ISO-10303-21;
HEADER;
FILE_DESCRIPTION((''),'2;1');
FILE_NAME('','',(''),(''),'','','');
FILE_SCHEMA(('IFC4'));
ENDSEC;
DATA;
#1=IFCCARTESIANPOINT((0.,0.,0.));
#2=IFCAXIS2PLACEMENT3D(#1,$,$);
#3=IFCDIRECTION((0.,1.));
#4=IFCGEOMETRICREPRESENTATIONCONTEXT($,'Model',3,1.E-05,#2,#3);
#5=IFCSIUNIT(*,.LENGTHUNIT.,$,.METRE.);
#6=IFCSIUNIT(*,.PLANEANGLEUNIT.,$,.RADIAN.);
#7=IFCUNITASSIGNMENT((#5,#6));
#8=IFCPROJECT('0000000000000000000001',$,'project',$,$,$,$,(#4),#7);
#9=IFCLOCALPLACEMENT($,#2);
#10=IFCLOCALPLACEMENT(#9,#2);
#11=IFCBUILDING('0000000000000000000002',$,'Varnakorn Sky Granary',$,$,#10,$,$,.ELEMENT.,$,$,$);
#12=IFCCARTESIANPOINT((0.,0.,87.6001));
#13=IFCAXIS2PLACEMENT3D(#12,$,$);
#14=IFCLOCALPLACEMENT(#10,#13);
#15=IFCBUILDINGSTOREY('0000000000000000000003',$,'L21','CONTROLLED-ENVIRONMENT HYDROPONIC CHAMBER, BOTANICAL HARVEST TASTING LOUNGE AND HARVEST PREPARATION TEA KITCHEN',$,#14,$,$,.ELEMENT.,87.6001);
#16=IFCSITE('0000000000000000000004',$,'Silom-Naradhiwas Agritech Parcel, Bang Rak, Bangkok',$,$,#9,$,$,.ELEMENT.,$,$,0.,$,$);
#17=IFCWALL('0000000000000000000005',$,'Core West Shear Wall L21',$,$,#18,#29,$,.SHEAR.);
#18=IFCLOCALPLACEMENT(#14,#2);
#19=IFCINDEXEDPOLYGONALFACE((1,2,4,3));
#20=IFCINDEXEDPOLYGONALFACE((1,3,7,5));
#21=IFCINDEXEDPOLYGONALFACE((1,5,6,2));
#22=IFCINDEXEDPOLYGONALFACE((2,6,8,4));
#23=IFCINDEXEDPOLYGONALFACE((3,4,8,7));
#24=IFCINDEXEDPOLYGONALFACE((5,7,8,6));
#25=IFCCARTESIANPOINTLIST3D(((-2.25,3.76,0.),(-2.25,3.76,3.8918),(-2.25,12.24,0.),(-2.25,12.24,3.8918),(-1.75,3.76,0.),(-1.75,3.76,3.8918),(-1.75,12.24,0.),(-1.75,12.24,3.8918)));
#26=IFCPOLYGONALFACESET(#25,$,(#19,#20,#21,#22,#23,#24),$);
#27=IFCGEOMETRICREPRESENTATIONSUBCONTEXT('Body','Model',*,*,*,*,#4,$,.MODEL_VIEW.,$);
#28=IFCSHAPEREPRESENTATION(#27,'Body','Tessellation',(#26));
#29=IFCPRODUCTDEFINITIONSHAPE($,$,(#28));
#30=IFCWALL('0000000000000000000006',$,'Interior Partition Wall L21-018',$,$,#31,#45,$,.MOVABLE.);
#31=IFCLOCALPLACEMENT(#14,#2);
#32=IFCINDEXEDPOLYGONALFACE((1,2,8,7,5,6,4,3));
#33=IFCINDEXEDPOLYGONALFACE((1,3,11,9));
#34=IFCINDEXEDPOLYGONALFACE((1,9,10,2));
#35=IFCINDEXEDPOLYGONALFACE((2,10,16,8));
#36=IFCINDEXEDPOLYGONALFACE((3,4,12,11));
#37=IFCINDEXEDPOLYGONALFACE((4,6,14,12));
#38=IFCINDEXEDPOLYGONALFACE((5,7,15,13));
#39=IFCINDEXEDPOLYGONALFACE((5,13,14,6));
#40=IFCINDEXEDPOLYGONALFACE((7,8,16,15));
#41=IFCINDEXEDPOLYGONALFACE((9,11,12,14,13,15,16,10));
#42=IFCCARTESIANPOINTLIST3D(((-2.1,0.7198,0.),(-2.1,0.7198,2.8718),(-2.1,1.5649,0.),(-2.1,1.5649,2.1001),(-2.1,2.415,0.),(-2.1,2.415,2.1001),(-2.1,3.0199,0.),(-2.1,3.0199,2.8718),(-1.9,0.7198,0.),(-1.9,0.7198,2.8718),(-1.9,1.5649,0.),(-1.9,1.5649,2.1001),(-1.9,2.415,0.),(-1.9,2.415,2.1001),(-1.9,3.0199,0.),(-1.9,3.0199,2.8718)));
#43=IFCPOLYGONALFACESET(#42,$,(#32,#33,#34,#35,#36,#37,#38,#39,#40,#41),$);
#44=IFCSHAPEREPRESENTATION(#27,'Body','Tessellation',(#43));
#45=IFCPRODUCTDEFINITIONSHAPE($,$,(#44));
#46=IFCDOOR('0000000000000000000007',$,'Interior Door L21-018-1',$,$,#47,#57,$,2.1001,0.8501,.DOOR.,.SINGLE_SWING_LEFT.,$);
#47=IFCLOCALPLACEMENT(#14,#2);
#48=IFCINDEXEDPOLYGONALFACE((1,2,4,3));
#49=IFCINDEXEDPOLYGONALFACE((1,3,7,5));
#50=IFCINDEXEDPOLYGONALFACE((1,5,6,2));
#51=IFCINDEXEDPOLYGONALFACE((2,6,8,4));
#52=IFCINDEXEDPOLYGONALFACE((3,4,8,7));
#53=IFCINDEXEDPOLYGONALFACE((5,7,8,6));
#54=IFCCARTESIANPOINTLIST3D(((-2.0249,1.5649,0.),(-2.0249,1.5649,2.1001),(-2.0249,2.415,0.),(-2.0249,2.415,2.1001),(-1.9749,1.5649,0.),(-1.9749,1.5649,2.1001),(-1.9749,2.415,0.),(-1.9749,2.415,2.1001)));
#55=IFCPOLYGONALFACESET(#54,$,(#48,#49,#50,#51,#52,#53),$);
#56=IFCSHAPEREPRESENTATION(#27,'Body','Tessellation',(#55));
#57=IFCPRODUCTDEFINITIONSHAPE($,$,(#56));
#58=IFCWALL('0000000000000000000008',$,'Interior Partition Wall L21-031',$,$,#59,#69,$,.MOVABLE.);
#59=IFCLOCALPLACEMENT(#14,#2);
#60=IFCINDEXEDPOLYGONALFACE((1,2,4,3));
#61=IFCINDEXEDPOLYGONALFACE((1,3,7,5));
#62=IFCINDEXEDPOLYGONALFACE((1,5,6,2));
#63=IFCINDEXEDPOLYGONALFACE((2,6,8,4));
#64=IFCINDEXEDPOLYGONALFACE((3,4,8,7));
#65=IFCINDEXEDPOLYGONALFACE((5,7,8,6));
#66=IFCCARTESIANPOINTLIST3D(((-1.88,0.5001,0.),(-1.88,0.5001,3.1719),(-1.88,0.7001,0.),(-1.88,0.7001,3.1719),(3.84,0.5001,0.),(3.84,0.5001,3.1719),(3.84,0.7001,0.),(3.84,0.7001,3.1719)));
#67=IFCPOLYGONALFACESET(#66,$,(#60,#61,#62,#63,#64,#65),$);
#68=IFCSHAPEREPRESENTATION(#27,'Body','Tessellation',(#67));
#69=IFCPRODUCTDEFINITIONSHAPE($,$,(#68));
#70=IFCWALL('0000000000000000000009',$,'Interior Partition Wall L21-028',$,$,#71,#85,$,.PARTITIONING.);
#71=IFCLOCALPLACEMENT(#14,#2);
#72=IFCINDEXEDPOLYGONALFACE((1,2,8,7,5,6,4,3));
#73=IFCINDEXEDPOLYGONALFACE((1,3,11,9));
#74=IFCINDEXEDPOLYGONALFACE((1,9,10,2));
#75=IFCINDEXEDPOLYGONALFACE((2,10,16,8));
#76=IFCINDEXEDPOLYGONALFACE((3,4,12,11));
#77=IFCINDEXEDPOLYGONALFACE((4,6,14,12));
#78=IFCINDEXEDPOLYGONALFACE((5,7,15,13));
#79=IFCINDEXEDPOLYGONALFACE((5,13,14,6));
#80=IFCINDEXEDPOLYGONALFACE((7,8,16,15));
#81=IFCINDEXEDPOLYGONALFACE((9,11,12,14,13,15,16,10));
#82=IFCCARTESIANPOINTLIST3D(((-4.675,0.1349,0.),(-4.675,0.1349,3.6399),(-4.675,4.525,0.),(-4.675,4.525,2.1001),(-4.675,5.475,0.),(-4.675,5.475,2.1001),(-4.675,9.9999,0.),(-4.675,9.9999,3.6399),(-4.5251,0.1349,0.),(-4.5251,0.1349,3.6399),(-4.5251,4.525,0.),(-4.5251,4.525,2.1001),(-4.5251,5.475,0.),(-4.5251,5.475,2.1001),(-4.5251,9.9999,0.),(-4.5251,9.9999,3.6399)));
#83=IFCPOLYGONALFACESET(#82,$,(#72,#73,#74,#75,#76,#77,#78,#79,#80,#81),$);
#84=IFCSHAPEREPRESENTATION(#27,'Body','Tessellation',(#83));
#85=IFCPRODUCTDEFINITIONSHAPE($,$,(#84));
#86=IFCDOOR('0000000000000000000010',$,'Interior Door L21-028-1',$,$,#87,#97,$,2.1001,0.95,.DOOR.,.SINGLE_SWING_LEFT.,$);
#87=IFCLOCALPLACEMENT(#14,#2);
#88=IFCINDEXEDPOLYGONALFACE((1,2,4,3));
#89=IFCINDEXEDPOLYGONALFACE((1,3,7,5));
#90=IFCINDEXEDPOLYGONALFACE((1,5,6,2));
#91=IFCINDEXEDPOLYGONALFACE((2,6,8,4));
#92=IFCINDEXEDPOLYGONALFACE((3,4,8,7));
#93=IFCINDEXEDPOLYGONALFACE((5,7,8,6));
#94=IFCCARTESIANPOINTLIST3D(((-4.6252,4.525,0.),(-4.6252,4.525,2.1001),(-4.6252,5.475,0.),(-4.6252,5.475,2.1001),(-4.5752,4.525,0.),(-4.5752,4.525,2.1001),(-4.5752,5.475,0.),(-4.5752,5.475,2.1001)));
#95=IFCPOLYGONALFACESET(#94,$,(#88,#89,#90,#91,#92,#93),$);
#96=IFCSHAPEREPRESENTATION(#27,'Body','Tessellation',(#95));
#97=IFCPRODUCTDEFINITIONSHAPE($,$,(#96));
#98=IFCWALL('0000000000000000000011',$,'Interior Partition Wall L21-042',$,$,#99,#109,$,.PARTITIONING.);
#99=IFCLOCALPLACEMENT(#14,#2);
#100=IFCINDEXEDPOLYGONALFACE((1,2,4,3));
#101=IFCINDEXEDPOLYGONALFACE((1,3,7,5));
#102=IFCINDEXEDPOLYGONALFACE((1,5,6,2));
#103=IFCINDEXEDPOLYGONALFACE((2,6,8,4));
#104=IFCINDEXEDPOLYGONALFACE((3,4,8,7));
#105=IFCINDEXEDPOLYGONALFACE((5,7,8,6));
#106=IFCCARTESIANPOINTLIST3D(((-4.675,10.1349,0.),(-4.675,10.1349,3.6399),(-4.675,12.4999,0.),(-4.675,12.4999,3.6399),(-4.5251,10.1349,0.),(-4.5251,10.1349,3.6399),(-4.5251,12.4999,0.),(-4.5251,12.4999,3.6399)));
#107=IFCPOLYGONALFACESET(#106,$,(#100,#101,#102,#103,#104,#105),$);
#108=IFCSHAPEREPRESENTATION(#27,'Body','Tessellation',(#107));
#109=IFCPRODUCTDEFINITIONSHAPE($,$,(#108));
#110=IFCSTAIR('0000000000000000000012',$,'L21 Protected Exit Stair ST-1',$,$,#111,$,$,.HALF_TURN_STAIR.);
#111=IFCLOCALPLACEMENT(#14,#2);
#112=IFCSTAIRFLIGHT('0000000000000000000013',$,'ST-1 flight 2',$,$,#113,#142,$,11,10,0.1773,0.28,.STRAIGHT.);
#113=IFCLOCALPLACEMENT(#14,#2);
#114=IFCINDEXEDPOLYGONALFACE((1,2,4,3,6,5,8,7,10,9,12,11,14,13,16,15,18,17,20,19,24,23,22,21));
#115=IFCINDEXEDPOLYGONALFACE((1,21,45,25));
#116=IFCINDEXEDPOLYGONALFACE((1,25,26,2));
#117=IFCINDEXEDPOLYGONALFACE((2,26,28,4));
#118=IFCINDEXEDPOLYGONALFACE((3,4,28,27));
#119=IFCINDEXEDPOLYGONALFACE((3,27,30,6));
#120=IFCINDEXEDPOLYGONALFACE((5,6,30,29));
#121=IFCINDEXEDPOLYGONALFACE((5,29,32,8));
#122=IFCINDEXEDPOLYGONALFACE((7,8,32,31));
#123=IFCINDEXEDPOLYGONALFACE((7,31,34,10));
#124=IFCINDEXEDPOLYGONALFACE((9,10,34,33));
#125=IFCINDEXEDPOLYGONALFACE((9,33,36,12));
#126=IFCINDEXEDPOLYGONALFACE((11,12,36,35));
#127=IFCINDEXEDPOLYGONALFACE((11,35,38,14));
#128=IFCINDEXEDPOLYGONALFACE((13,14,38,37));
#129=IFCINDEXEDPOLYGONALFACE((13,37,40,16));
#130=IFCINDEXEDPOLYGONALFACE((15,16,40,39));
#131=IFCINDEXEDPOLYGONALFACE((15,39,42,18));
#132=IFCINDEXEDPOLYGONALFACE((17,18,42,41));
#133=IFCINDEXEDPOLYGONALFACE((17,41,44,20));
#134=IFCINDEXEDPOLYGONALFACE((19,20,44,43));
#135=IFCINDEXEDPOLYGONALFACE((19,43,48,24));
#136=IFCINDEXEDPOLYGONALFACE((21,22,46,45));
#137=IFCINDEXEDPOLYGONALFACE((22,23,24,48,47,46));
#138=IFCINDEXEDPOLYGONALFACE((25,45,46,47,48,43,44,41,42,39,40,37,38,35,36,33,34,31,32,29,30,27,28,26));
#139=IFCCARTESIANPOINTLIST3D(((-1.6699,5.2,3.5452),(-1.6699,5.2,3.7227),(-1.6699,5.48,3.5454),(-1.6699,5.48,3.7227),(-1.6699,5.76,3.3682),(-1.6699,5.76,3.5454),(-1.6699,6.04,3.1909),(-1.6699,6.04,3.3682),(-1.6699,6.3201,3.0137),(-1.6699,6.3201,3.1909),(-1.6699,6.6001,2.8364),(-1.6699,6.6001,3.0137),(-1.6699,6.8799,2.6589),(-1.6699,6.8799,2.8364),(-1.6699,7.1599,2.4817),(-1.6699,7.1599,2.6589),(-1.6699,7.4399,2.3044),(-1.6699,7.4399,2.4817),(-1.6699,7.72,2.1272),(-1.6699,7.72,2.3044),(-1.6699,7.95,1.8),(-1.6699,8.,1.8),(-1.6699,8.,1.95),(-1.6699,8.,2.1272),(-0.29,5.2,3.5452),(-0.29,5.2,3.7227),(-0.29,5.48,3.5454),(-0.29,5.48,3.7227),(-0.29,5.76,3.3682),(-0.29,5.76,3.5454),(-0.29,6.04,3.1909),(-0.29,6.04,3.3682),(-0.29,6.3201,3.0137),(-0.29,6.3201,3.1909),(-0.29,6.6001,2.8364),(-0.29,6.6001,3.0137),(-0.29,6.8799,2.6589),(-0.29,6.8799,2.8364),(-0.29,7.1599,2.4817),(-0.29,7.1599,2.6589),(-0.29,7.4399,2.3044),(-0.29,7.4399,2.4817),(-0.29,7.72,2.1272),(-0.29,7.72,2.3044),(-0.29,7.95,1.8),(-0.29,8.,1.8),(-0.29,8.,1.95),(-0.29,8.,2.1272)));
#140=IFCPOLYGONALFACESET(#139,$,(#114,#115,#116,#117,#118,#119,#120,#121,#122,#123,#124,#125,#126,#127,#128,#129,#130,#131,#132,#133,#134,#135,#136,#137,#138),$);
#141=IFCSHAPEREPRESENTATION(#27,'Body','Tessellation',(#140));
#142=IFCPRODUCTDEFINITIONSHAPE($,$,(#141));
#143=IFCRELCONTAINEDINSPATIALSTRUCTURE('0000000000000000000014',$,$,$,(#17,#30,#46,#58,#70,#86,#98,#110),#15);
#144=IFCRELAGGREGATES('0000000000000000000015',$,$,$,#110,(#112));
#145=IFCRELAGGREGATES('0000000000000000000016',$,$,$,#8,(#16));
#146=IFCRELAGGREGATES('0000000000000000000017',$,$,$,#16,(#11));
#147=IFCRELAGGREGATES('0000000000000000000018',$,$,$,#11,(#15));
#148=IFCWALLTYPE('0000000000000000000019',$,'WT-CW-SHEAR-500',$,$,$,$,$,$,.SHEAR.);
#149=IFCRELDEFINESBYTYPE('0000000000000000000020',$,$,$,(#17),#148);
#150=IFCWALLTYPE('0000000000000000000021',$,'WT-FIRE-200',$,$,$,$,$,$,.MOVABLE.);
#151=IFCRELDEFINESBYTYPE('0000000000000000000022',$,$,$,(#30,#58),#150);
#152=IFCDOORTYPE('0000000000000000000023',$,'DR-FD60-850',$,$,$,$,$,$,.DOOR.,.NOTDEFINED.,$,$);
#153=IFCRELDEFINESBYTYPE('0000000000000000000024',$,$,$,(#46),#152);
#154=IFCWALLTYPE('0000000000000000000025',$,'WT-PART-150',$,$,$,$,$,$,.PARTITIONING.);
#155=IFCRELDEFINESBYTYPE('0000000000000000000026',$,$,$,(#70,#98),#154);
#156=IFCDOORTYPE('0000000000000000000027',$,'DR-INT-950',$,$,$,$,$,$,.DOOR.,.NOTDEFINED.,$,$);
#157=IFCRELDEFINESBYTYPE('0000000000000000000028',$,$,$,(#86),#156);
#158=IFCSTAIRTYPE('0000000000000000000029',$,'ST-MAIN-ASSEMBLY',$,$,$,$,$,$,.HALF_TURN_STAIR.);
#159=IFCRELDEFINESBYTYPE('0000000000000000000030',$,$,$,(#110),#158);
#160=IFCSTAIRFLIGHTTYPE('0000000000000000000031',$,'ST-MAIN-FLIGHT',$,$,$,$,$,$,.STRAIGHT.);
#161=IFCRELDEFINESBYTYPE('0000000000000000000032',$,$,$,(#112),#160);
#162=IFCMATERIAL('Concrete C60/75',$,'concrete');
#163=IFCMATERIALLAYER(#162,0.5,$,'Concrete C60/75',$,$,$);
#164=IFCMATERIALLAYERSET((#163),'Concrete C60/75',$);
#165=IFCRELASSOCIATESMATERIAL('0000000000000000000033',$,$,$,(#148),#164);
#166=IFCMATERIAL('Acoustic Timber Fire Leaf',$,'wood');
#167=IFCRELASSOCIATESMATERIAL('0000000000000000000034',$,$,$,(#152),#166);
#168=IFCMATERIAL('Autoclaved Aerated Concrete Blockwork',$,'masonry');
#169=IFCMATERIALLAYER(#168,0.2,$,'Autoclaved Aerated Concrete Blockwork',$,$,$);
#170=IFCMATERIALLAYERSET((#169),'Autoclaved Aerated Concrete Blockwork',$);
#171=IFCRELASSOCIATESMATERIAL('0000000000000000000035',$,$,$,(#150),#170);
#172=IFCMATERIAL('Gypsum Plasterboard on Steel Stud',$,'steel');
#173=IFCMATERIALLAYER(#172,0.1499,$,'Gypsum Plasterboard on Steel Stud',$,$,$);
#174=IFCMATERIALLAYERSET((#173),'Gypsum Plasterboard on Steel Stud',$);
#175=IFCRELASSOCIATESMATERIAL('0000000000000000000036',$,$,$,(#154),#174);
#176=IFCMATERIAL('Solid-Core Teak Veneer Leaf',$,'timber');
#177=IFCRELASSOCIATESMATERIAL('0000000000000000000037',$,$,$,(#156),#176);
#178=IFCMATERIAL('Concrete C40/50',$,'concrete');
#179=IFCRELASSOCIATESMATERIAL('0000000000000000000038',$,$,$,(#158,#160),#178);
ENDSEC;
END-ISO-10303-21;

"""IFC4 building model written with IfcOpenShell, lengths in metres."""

from ifc_helpers import new_model, si_unit, direction, frame, frame_2d, origin, place, context, subcontext, project, spatial, polyline, rectangle, outline, extrude, material, layer, layer_set, type_object, element, fill, aggregate, save


model = new_model("IFC4")

# Units and contexts
model_context = context("Model", 3, precision=1e-05, world=origin(), true_north=direction((0.0, 1.0)))
body_context = subcontext(model_context, "Body", "Model", "MODEL_VIEW")
ifc_project = project(units=[si_unit("LENGTHUNIT", "METRE"), si_unit("PLANEANGLEUNIT", "RADIAN")], contexts=[model_context])

# Site, building, storey
site_placement = place(None, origin())
site = spatial("IfcSite", under=ifc_project, at=site_placement, Name="Silom-Naradhiwas Agritech Parcel, Bang Rak, Bangkok", CompositionType="ELEMENT", RefElevation=0.0)
building_placement = place(site_placement, origin())
building = spatial("IfcBuilding", under=site, at=building_placement, Name="Varnakorn Sky Granary", CompositionType="ELEMENT")
storey_placement = place(building_placement, frame((0.0, 0.0, 87.6001)))
storey = spatial("IfcBuildingStorey", under=building, at=storey_placement, Name="L21", Description="CONTROLLED-ENVIRONMENT HYDROPONIC CHAMBER, BOTANICAL HARVEST TASTING LOUNGE AND HARVEST PREPARATION TEA KITCHEN", CompositionType="ELEMENT", Elevation=87.6001)

# Shared definitions
ifc_material_1 = material(Name="Concrete C60/75", Category="concrete")

# Shared definitions
ifc_layer_1 = layer(ifc_material_1, 0.5, Name="Concrete C60/75")
ifc_layer_set_1 = layer_set([ifc_layer_1], Name="Concrete C60/75")
wall_type_1 = type_object("IfcWallType", Name="WT-CW-SHEAR-500", PredefinedType="SHEAR", material=ifc_layer_set_1)

# Shared definitions
ifc_material_2 = material(Name="Acoustic Timber Fire Leaf", Category="wood")
door_type_1 = type_object("IfcDoorType", Name="DR-FD60-850", OperationType="NOTDEFINED", PredefinedType="DOOR", material=ifc_material_2)

# Wall
wall_1_placement = place(storey_placement, frame((-2.0, 3.76, 0.0), z_axis=(0.0, 0.0, 1.0), x_axis=(0.0, 1.0, 0.0)))
element("IfcWall", 1, at=wall_1_placement, inside=storey, type_object=wall_type_1, Name="Core West Shear Wall L21", PredefinedType="SHEAR", context=body_context, shape_type="SweptSolid", body=[
    extrude(rectangle(XDim=8.48, YDim=0.5, at=frame_2d((4.24, 0.0))), origin(), (0.0, 0.0, 1.0), 3.8918),
])

# Wall, opening, door
ifc_material_3 = material(Name="Autoclaved Aerated Concrete Blockwork", Category="masonry")
ifc_layer_2 = layer(ifc_material_3, 0.2, Name="Autoclaved Aerated Concrete Blockwork")
ifc_layer_set_2 = layer_set([ifc_layer_2], Name="Autoclaved Aerated Concrete Blockwork")
wall_type_2 = type_object("IfcWallType", Name="WT-FIRE-200", PredefinedType="MOVABLE", material=ifc_layer_set_2)
wall_2_placement = place(storey_placement, frame((-2.0, 0.72, 0.0), z_axis=(0.0, 0.0, 1.0), x_axis=(0.0, 1.0, 0.0)))
wall_2 = element("IfcWall", 2, at=wall_2_placement, inside=storey, type_object=wall_type_2, Name="Interior Partition Wall L21-018", PredefinedType="MOVABLE", context=body_context, shape_type="SweptSolid", body=[
    extrude(rectangle(XDim=2.3, YDim=0.2, at=frame_2d((1.1499, 0.0))), origin(), (0.0, 0.0, 1.0), 2.8718),
])
opening_1_placement = place(wall_2_placement, frame((0.845, 0.0, 0.0)))
opening_1 = element("IfcOpeningElement", 3, at=opening_1_placement, cuts=wall_2, PredefinedType="OPENING", context=body_context, shape_type="SweptSolid", body=[
    extrude(rectangle(XDim=0.8501, YDim=2.1001, at=frame_2d((0.425, 1.05))), frame((0.0, 0.1099, 0.0), z_axis=(0.0, -1.0, 0.0), x_axis=(1.0, 0.0, 0.0)), (0.0, 0.0, 1.0), 0.22),
])
door_1_placement = place(opening_1_placement, origin())
door_1 = element("IfcDoor", 4, at=door_1_placement, inside=storey, type_object=door_type_1, Name="Interior Door L21-018-1", OperationType="SINGLE_SWING_LEFT", OverallHeight=2.1001, OverallWidth=0.8501, PredefinedType="DOOR", context=body_context, shape_type="SweptSolid", body=[
    extrude(rectangle(XDim=0.8501, YDim=2.1001, at=frame_2d((0.425, 1.05))), frame((0.0, 0.0249, 0.0), z_axis=(0.0, -1.0, 0.0), x_axis=(1.0, 0.0, 0.0)), (0.0, 0.0, 1.0), 0.05),
])
fill(opening_1, door_1)

# Wall
wall_3_placement = place(storey_placement, frame((-1.8799, 0.6001, 0.0), z_axis=(0.0, 0.0, 1.0), x_axis=(1.0, 0.0, 0.0)))
element("IfcWall", 5, at=wall_3_placement, inside=storey, type_object=wall_type_2, Name="Interior Partition Wall L21-031", PredefinedType="MOVABLE", context=body_context, shape_type="SweptSolid", body=[
    extrude(rectangle(XDim=5.72, YDim=0.2, at=frame_2d((2.8599, 0.0))), origin(), (0.0, 0.0, 1.0), 3.1719),
])

# Wall, opening, door
ifc_material_4 = material(Name="Gypsum Plasterboard on Steel Stud", Category="steel")
ifc_layer_3 = layer(ifc_material_4, 0.1499, Name="Gypsum Plasterboard on Steel Stud")
ifc_layer_set_3 = layer_set([ifc_layer_3], Name="Gypsum Plasterboard on Steel Stud")
wall_type_3 = type_object("IfcWallType", Name="WT-PART-150", PredefinedType="PARTITIONING", material=ifc_layer_set_3)
wall_4_placement = place(storey_placement, frame((-4.6001, 10.0, 0.0), z_axis=(0.0, 0.0, 1.0), x_axis=(0.0, -1.0, 0.0)))
wall_4 = element("IfcWall", 6, at=wall_4_placement, inside=storey, type_object=wall_type_3, Name="Interior Partition Wall L21-028", PredefinedType="PARTITIONING", context=body_context, shape_type="SweptSolid", body=[
    extrude(rectangle(XDim=9.865, YDim=0.1499, at=frame_2d((4.9326, 0.0))), origin(), (0.0, 0.0, 1.0), 3.6399),
])
opening_2_placement = place(wall_4_placement, frame((4.5249, 0.0, 0.0)))
opening_2 = element("IfcOpeningElement", 7, at=opening_2_placement, cuts=wall_4, PredefinedType="OPENING", context=body_context, shape_type="SweptSolid", body=[
    extrude(rectangle(XDim=0.95, YDim=2.1001, at=frame_2d((0.4751, 1.05))), frame((0.0, 0.085, 0.0), z_axis=(0.0, -1.0, 0.0), x_axis=(1.0, 0.0, 0.0)), (0.0, 0.0, 1.0), 0.1699),
])
ifc_material_5 = material(Name="Solid-Core Teak Veneer Leaf", Category="timber")
door_type_2 = type_object("IfcDoorType", Name="DR-INT-950", OperationType="NOTDEFINED", PredefinedType="DOOR", material=ifc_material_5)
door_2_placement = place(opening_2_placement, origin())
door_2 = element("IfcDoor", 8, at=door_2_placement, inside=storey, type_object=door_type_2, Name="Interior Door L21-028-1", OperationType="SINGLE_SWING_LEFT", OverallHeight=2.1001, OverallWidth=0.95, PredefinedType="DOOR", context=body_context, shape_type="SweptSolid", body=[
    extrude(rectangle(XDim=0.95, YDim=2.1001, at=frame_2d((0.4751, 1.05))), frame((0.0, 0.0249, 0.0), z_axis=(0.0, -1.0, 0.0), x_axis=(1.0, 0.0, 0.0)), (0.0, 0.0, 1.0), 0.05),
])
fill(opening_2, door_2)

# Wall
wall_5_placement = place(storey_placement, frame((-4.6001, 12.5, 0.0), z_axis=(0.0, 0.0, 1.0), x_axis=(0.0, -1.0, 0.0)))
element("IfcWall", 9, at=wall_5_placement, inside=storey, type_object=wall_type_3, Name="Interior Partition Wall L21-042", PredefinedType="PARTITIONING", context=body_context, shape_type="SweptSolid", body=[
    extrude(rectangle(XDim=2.365, YDim=0.1499, at=frame_2d((1.1826, 0.0))), origin(), (0.0, 0.0, 1.0), 3.6399),
])

# Stair, stair flight
ifc_material_6 = material(Name="Concrete C40/50", Category="concrete")
stair_type = type_object("IfcStairType", Name="ST-MAIN-ASSEMBLY", PredefinedType="HALF_TURN_STAIR", material=ifc_material_6)
stair_placement = place(storey_placement, origin())
stair = element("IfcStair", 10, at=stair_placement, inside=storey, type_object=stair_type, Name="L21 Protected Exit Stair ST-1", PredefinedType="HALF_TURN_STAIR")
stair_flight_type = type_object("IfcStairFlightType", Name="ST-MAIN-FLIGHT", PredefinedType="STRAIGHT", material=ifc_material_6)
stair_flight_placement = place(storey_placement, frame((-0.98, 8.0, 1.95), z_axis=(0.0, 0.0, 1.0), x_axis=(0.0, -1.0, 0.0)))
stair_flight = element("IfcStairFlight", 11, at=stair_flight_placement, type_object=stair_flight_type, Name="ST-1 flight 2", NumberOfRisers=11, NumberOfTreads=10, PredefinedType="STRAIGHT", RiserHeight=0.1773, TreadLength=0.28, context=body_context, shape_type="SweptSolid", body=[
    extrude(outline(polyline([(0.0, -0.1499), (0.0, 0.0), (0.0, 0.1772), (0.28, 0.1772), (0.28, 0.3545), (0.5601, 0.3545), (0.5601, 0.5317), (0.8401, 0.5317), (0.8401, 0.709), (1.1201, 0.709), (1.1201, 0.8865), (1.3999, 0.8865), (1.3999, 1.0637), (1.6799, 1.0637), (1.6799, 1.241), (1.96, 1.241), (1.96, 1.4182), (2.24, 1.4182), (2.24, 1.5955), (2.52, 1.5955), (2.52, 1.7727), (2.8, 1.7727), (2.8, 1.95), (2.8, 1.5952), (0.05, -0.1499), (0.0, -0.1499)])), frame((0.0, 0.6899, 0.0), z_axis=(0.0, -1.0, 0.0), x_axis=(1.0, 0.0, 0.0)), (0.0, 0.0, 1.0), 1.3799),
])
aggregate(stair, [stair_flight])

save(model, "model.ifc")
